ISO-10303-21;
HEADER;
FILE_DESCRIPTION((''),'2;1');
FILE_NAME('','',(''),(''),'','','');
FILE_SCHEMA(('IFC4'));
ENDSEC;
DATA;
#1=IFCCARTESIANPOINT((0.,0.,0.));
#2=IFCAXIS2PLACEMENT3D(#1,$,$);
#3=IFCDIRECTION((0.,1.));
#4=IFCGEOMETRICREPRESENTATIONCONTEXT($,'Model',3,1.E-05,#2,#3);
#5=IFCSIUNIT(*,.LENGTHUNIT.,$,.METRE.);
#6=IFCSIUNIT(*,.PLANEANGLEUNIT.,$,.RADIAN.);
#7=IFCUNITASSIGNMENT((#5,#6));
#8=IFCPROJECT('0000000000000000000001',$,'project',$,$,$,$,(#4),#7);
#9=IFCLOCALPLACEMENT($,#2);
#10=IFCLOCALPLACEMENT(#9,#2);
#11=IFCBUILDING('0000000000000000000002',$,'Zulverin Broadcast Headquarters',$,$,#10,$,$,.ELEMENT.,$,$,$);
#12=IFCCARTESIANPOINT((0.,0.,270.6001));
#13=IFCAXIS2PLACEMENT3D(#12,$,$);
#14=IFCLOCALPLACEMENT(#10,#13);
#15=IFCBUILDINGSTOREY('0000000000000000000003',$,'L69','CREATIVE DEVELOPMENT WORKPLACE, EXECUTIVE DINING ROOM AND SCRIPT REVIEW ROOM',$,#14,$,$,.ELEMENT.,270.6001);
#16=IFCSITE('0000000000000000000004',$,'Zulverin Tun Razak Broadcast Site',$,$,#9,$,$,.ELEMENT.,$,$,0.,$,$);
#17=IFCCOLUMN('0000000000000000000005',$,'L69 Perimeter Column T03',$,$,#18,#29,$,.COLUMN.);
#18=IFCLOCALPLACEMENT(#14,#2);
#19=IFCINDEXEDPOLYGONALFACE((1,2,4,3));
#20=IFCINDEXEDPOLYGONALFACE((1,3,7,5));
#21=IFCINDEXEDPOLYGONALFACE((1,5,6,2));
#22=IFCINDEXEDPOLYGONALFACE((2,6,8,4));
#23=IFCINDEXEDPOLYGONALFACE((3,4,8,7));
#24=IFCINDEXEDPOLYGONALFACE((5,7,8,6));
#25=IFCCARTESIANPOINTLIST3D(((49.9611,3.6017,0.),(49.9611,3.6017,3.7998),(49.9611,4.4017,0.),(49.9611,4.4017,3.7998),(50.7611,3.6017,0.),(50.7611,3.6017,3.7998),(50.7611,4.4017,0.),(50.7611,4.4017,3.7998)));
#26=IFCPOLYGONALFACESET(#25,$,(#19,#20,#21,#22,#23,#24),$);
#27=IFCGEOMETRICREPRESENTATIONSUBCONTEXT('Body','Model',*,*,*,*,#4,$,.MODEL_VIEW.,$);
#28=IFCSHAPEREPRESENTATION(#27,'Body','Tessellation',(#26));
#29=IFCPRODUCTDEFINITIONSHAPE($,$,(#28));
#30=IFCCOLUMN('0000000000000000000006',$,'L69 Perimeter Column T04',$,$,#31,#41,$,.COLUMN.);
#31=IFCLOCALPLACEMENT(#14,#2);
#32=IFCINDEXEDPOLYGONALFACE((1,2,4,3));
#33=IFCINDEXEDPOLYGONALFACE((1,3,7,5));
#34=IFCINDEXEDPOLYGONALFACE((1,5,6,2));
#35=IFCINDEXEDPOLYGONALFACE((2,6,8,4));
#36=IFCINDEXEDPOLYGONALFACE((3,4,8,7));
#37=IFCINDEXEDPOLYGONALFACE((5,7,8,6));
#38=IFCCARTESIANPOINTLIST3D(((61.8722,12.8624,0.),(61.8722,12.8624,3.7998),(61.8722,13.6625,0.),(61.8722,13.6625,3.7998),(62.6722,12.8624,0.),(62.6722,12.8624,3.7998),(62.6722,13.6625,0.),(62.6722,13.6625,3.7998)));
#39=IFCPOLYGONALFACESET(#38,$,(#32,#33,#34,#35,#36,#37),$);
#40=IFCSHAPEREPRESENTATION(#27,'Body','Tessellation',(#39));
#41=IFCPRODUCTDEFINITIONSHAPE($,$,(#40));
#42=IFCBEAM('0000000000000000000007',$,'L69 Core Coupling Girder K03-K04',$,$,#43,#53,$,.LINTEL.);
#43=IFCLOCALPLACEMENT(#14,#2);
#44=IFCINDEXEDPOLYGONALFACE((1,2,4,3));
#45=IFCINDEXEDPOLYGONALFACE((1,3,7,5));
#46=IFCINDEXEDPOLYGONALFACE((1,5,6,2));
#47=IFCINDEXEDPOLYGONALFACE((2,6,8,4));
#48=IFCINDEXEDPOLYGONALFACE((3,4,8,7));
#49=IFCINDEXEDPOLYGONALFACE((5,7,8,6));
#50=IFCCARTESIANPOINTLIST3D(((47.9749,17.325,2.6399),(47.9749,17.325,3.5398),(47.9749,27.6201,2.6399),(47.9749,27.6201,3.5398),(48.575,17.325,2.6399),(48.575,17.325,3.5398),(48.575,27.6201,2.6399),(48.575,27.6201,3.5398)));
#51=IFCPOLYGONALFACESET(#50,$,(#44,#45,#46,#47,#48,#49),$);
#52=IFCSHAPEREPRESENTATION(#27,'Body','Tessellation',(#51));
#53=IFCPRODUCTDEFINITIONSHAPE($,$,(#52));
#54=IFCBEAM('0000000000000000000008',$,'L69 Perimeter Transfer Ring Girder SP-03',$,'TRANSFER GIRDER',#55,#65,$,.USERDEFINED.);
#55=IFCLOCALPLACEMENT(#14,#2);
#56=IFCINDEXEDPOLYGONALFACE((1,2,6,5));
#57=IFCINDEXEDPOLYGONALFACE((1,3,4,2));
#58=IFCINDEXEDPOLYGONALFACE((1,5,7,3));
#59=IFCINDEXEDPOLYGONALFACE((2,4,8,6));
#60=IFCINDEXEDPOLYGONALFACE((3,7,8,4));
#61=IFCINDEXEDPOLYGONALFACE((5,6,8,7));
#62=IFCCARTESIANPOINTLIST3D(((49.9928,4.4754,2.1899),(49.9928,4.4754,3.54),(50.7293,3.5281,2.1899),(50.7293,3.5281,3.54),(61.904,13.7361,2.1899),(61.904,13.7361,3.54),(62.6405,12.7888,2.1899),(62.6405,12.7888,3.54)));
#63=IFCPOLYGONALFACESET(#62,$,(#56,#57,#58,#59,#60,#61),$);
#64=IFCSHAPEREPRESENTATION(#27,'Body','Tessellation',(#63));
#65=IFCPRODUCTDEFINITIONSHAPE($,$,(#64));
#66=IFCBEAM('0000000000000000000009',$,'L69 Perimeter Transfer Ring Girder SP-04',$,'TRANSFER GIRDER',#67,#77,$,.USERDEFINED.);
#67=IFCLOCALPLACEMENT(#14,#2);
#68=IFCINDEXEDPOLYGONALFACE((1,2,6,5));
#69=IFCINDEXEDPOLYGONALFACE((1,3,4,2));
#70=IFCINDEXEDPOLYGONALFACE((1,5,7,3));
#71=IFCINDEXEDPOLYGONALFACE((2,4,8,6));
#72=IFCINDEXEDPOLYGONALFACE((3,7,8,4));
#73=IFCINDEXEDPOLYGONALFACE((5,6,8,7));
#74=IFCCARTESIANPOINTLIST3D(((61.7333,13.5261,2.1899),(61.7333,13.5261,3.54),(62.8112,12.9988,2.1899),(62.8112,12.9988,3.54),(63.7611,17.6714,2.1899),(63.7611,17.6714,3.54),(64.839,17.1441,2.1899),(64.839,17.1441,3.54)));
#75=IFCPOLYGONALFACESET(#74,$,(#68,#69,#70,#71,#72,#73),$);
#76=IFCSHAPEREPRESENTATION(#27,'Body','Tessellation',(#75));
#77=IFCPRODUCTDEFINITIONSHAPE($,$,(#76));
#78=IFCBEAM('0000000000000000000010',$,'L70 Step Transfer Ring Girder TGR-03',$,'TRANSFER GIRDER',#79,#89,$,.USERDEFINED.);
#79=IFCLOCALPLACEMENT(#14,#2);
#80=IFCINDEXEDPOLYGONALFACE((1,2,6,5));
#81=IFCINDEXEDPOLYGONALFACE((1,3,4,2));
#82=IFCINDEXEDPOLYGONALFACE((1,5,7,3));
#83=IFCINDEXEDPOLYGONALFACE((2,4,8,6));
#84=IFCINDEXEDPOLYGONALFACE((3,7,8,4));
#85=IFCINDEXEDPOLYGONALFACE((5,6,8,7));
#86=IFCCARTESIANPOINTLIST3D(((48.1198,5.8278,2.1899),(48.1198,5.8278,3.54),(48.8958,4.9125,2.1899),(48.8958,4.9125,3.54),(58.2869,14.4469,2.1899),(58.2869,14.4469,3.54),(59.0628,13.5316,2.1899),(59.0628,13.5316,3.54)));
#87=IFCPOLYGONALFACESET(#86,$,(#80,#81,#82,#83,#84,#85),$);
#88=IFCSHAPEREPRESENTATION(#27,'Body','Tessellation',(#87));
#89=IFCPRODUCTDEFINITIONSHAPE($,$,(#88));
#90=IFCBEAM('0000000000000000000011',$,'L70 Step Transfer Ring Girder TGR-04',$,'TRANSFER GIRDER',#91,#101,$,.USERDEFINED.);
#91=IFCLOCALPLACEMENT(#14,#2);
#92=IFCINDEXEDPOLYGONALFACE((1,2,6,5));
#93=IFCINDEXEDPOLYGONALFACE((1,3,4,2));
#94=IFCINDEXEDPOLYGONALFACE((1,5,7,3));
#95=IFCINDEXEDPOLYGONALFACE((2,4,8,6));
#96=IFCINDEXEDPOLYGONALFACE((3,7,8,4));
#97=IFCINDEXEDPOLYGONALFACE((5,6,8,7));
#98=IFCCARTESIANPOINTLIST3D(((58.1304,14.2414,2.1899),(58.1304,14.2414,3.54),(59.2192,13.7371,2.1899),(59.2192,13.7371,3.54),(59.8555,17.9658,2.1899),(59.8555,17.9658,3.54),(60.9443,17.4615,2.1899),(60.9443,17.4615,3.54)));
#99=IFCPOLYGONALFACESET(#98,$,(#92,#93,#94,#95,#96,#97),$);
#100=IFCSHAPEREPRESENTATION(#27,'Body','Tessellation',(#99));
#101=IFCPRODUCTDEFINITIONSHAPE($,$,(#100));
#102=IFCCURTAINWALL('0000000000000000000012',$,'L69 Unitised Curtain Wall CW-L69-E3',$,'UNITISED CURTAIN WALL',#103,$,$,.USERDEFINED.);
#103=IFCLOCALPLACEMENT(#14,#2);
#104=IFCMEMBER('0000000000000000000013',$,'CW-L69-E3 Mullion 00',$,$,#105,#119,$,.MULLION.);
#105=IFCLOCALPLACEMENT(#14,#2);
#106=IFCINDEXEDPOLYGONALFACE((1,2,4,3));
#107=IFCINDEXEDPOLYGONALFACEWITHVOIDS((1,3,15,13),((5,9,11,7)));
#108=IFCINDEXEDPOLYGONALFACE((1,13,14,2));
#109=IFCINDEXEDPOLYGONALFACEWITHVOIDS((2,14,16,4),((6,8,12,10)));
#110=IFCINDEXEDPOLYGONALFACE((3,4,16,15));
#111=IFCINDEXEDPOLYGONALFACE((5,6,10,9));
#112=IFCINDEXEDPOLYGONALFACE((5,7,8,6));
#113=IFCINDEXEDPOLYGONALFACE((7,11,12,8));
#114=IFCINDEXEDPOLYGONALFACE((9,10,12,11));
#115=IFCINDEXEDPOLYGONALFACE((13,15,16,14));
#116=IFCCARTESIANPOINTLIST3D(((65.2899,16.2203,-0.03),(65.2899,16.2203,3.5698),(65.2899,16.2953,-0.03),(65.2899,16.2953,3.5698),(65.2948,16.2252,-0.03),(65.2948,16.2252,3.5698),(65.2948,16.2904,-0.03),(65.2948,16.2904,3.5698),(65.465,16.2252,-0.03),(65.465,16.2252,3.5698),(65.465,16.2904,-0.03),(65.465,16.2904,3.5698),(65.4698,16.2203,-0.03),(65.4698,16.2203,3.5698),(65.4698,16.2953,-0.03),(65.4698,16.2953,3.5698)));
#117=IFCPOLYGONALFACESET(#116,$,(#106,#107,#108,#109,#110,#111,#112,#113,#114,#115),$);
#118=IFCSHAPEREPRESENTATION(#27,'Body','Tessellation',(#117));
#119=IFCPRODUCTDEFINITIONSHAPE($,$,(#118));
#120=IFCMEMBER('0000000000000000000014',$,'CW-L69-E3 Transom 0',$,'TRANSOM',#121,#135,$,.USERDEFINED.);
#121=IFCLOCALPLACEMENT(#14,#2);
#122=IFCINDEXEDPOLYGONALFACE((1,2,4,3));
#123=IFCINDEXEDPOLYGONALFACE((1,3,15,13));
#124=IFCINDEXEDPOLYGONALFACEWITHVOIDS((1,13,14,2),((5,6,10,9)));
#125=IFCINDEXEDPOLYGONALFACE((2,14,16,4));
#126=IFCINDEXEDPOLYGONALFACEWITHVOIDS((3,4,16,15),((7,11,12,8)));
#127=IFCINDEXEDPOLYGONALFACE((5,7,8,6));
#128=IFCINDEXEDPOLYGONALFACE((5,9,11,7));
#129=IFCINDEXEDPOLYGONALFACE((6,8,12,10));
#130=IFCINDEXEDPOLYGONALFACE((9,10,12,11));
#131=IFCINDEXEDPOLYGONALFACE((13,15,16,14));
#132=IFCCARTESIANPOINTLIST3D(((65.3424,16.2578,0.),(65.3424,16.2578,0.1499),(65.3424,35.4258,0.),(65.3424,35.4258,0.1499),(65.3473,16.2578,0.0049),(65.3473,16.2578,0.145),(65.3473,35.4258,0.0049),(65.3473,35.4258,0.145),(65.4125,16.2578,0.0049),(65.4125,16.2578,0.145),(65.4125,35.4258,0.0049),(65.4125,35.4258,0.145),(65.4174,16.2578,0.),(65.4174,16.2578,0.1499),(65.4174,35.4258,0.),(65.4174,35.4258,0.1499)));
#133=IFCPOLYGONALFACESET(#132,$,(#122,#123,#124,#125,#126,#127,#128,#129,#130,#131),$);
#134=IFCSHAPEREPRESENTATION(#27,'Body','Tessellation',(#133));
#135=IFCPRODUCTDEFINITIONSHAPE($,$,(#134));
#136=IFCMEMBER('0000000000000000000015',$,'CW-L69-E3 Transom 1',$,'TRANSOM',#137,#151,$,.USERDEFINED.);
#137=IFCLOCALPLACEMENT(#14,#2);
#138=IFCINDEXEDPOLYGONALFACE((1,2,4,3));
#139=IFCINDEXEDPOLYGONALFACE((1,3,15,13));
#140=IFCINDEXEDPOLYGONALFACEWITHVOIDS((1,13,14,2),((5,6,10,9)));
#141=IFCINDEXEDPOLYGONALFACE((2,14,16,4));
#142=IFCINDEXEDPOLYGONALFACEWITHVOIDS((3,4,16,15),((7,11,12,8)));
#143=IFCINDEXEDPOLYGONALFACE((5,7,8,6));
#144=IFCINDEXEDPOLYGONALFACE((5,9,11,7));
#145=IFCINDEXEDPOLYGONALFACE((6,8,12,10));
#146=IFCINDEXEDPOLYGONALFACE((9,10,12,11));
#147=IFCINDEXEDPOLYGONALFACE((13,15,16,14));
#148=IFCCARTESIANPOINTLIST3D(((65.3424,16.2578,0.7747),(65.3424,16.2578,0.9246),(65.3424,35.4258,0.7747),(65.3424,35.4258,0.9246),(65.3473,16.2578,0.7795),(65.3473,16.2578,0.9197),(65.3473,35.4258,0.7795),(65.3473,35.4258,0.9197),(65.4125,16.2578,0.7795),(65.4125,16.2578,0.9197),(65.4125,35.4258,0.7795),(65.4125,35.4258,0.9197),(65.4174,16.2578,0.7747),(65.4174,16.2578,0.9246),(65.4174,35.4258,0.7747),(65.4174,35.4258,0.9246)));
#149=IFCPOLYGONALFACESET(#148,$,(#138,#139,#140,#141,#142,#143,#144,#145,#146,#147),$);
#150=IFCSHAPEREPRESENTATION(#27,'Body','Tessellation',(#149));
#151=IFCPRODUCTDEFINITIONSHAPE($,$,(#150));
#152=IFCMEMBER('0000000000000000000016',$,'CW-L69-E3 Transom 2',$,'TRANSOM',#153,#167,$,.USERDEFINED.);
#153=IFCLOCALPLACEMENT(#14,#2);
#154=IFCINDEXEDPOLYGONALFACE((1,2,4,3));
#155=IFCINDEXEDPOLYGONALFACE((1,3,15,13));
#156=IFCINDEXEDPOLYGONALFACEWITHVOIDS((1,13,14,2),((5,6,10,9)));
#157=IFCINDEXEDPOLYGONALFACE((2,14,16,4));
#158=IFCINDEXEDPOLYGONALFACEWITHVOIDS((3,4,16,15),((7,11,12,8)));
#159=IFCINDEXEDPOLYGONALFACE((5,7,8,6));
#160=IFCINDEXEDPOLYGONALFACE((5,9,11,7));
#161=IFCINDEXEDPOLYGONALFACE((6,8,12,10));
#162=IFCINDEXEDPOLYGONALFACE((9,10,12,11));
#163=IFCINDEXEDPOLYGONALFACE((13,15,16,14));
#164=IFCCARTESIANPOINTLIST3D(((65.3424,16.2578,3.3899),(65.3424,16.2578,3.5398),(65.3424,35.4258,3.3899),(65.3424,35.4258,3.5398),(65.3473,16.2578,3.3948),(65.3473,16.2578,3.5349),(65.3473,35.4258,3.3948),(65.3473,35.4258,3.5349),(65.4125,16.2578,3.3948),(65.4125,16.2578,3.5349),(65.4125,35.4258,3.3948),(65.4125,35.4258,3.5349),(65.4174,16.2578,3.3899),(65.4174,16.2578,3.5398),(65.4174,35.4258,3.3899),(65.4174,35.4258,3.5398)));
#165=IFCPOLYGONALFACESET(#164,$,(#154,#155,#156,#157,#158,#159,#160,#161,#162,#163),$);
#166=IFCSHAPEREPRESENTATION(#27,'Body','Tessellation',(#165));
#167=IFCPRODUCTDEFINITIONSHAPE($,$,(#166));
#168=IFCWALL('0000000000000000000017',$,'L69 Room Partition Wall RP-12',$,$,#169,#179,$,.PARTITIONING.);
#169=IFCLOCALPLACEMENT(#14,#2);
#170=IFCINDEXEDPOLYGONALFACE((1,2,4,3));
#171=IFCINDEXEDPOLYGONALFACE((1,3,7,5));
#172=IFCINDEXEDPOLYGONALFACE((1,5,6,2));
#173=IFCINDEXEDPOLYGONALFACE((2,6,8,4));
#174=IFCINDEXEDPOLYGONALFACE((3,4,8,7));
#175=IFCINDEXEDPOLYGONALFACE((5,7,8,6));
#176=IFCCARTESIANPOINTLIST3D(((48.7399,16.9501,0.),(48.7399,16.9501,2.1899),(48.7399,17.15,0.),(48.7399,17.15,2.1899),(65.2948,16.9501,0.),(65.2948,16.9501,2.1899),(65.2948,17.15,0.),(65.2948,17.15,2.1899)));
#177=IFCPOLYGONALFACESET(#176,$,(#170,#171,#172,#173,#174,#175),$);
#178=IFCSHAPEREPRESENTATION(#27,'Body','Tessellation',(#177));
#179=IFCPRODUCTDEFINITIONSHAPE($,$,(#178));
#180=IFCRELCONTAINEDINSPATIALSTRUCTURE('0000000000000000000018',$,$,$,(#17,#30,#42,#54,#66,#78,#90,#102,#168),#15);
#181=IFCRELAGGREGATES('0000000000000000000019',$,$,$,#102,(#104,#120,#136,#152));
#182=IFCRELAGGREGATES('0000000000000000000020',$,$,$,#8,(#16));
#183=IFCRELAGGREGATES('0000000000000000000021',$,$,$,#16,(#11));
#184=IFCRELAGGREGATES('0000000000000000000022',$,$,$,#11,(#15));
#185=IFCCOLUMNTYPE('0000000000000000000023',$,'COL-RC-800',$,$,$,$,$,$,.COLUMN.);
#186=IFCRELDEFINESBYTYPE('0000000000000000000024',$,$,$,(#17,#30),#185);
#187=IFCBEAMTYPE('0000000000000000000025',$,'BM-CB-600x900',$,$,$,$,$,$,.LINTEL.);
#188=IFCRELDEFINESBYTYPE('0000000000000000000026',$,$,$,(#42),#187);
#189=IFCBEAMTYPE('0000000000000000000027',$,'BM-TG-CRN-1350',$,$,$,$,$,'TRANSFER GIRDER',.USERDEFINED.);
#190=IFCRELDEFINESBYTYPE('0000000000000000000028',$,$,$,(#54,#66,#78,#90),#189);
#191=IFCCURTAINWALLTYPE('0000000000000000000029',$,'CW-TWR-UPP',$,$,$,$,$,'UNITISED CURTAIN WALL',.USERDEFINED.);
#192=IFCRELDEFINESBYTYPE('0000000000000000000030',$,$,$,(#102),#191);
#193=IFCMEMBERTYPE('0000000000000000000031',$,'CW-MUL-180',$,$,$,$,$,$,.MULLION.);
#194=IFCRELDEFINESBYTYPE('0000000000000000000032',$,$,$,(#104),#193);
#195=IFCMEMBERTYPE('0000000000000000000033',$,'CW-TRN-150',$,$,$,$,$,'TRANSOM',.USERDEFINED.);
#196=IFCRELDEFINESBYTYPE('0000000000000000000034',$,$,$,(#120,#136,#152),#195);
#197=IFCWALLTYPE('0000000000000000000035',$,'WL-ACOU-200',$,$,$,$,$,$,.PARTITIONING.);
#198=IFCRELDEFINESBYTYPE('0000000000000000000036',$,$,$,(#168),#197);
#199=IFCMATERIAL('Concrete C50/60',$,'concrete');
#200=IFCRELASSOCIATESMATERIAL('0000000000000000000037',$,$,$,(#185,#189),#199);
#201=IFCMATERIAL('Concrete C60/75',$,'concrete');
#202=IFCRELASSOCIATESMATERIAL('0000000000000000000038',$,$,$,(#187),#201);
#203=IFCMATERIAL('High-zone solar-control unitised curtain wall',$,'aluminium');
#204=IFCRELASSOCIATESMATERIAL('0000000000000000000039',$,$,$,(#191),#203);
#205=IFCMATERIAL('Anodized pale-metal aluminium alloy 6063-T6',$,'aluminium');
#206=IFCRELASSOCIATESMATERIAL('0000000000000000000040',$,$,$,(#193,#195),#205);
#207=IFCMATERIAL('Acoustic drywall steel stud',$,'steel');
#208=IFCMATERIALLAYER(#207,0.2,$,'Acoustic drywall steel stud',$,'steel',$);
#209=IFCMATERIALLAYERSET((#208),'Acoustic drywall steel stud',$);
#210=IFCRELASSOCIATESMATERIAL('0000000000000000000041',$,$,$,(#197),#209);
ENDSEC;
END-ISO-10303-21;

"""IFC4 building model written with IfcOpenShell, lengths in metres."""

from ifc_helpers import new_model, si_unit, direction, frame, frame_2d, origin, origin_2d, place, context, subcontext, project, spatial, rectangle, hollow_rectangle, extrude, material, layer, layer_set, material_profile, profile_set, type_object, element, aggregate, save


model = new_model("IFC4")

# Units and contexts
model_context = context("Model", 3, precision=1e-05, world=origin(), true_north=direction((0.0, 1.0)))
body_context = subcontext(model_context, "Body", "Model", "MODEL_VIEW")
ifc_project = project(units=[si_unit("LENGTHUNIT", "METRE"), si_unit("PLANEANGLEUNIT", "RADIAN")], contexts=[model_context])

# Site, building, storey
site_placement = place(None, origin())
site = spatial("IfcSite", under=ifc_project, at=site_placement, Name="Zulverin Tun Razak Broadcast Site", CompositionType="ELEMENT", RefElevation=0.0)
building_placement = place(site_placement, origin())
building = spatial("IfcBuilding", under=site, at=building_placement, Name="Zulverin Broadcast Headquarters", CompositionType="ELEMENT")
storey_placement = place(building_placement, frame((0.0, 0.0, 270.6001)))
storey = spatial("IfcBuildingStorey", under=building, at=storey_placement, Name="L69", Description="CREATIVE DEVELOPMENT WORKPLACE, EXECUTIVE DINING ROOM AND SCRIPT REVIEW ROOM", CompositionType="ELEMENT", Elevation=270.6001)

# Columns
ifc_material_1 = material(Name="Concrete C50/60", Category="concrete")
ifc_material_profile_1 = material_profile(ifc_material_1, rectangle(XDim=0.8, YDim=0.8, at=origin_2d()), Name="Concrete C50/60", Category="concrete")
ifc_profile_set_1 = profile_set([ifc_material_profile_1], Name="Concrete C50/60")
column_type = type_object("IfcColumnType", Name="COL-RC-800", PredefinedType="COLUMN", material=ifc_profile_set_1)
for number, where, z_axis, x_axis, name in (
    (1, (50.3611, 4.0017, 0.0), (0.0, 0.0, 1.0), (1.0, 0.0, 0.0), "L69 Perimeter Column T03"),
    (2, (62.2722, 13.2625, 0.0), (0.0, 0.0, 1.0), (1.0, 0.0, 0.0), "L69 Perimeter Column T04"),
):
    element("IfcColumn", number, at=place(storey_placement, frame(where, z_axis=z_axis, x_axis=x_axis)), inside=storey, type_object=column_type, Name=name, PredefinedType="COLUMN", context=body_context, shape_type="SweptSolid", body=[
        extrude(rectangle(XDim=0.8, YDim=0.8, at=origin_2d()), origin(), (0.0, 0.0, 1.0), 3.7998),
    ])

# Beams
ifc_material_2 = material(Name="Concrete C60/75", Category="concrete")
ifc_material_profile_2 = material_profile(ifc_material_2, rectangle(XDim=0.6001, YDim=0.8999, at=origin_2d()), Name="Concrete C60/75", Category="concrete")
ifc_profile_set_2 = profile_set([ifc_material_profile_2], Name="Concrete C60/75")
beam_type_1 = type_object("IfcBeamType", Name="BM-CB-600x900", PredefinedType="LINTEL", material=ifc_profile_set_2)
beam_1_placement = place(storey_placement, frame((48.2749, 17.325, 3.0898), z_axis=(0.0, 1.0, 0.0), x_axis=(-1.0, 0.0, 0.0)))
element("IfcBeam", 3, at=beam_1_placement, inside=storey, type_object=beam_type_1, Name="L69 Core Coupling Girder K03-K04", PredefinedType="LINTEL", context=body_context, shape_type="SweptSolid", body=[
    extrude(rectangle(XDim=0.6001, YDim=0.8999, at=origin_2d()), origin(), (0.0, 0.0, 1.0), 10.2952),
])
ifc_material_profile_3 = material_profile(ifc_material_1, rectangle(XDim=1.2, YDim=1.3501, at=origin_2d()), Name="Concrete C50/60", Category="concrete")
ifc_profile_set_3 = profile_set([ifc_material_profile_3], Name="Concrete C50/60")
beam_type_2 = type_object("IfcBeamType", Name="BM-TG-CRN-1350", ElementType="TRANSFER GIRDER", PredefinedType="USERDEFINED", material=ifc_profile_set_3)
beam_2_placement = place(storey_placement, frame((50.3611, 4.0017, 2.865), z_axis=(0.789464, 0.613797, 0.0), x_axis=(-0.613797, 0.789464, 0.0)))
element("IfcBeam", 4, at=beam_2_placement, inside=storey, type_object=beam_type_2, Name="L69 Perimeter Transfer Ring Girder SP-03", ObjectType="TRANSFER GIRDER", PredefinedType="USERDEFINED", context=body_context, shape_type="SweptSolid", body=[
    extrude(rectangle(XDim=1.2, YDim=1.3501, at=origin_2d()), origin(), (0.0, 0.0, 1.0), 15.0876),
])
beam_3_placement = place(storey_placement, frame((62.2722, 13.2625, 2.865), z_axis=(0.43943, 0.898277, 0.0), x_axis=(-0.898277, 0.43943, 0.0)))
element("IfcBeam", 5, at=beam_3_placement, inside=storey, type_object=beam_type_2, Name="L69 Perimeter Transfer Ring Girder SP-04", ObjectType="TRANSFER GIRDER", PredefinedType="USERDEFINED", context=body_context, shape_type="SweptSolid", body=[
    extrude(rectangle(XDim=1.2, YDim=1.3501, at=origin_2d()), origin(), (0.0, 0.0, 1.0), 4.6147),
])
beam_4_placement = place(storey_placement, frame((48.5078, 5.3701, 2.865), z_axis=(0.762783, 0.646655, 0.0), x_axis=(-0.646655, 0.762783, 0.0)))
element("IfcBeam", 6, at=beam_4_placement, inside=storey, type_object=beam_type_2, Name="L70 Step Transfer Ring Girder TGR-03", ObjectType="TRANSFER GIRDER", PredefinedType="USERDEFINED", context=body_context, shape_type="SweptSolid", body=[
    extrude(rectangle(XDim=1.2, YDim=1.3501, at=origin_2d()), origin(), (0.0, 0.0, 1.0), 13.3289),
])
beam_5_placement = place(storey_placement, frame((58.6748, 13.9893, 2.865), z_axis=(0.420295, 0.907388, 0.0), x_axis=(-0.907388, 0.420295, 0.0)))
element("IfcBeam", 7, at=beam_5_placement, inside=storey, type_object=beam_type_2, Name="L70 Step Transfer Ring Girder TGR-04", ObjectType="TRANSFER GIRDER", PredefinedType="USERDEFINED", context=body_context, shape_type="SweptSolid", body=[
    extrude(rectangle(XDim=1.2, YDim=1.3501, at=origin_2d()), origin(), (0.0, 0.0, 1.0), 4.1045),
])

# Curtain wall, members
ifc_material_3 = material(Name="High-zone solar-control unitised curtain wall", Category="aluminium")
curtain_wall_type = type_object("IfcCurtainWallType", Name="CW-TWR-UPP", ElementType="UNITISED CURTAIN WALL", PredefinedType="USERDEFINED", material=ifc_material_3)
curtain_wall_placement = place(storey_placement, origin())
curtain_wall = element("IfcCurtainWall", 8, at=curtain_wall_placement, inside=storey, type_object=curtain_wall_type, Name="L69 Unitised Curtain Wall CW-L69-E3", ObjectType="UNITISED CURTAIN WALL", PredefinedType="USERDEFINED")
ifc_material_4 = material(Name="Anodized pale-metal aluminium alloy 6063-T6", Category="aluminium")
ifc_material_profile_4 = material_profile(ifc_material_4, hollow_rectangle(XDim=0.075, YDim=0.1799, WallThickness=0.0049, at=origin_2d()), Name="Anodized pale-metal aluminium alloy 6063-T6", Category="aluminium")
ifc_profile_set_4 = profile_set([ifc_material_profile_4], Name="Anodized pale-metal aluminium alloy 6063-T6")
member_type_1 = type_object("IfcMemberType", Name="CW-MUL-180", PredefinedType="MULLION", material=ifc_profile_set_4)
member_1_placement = place(storey_placement, frame((65.3799, 16.2578, -0.03), z_axis=(0.0, 0.0, 1.0), x_axis=(0.0, 1.0, 0.0)))
member_1 = element("IfcMember", 9, at=member_1_placement, type_object=member_type_1, Name="CW-L69-E3 Mullion 00", PredefinedType="MULLION", context=body_context, shape_type="SweptSolid", body=[
    extrude(hollow_rectangle(XDim=0.075, YDim=0.1799, WallThickness=0.0049, at=origin_2d()), origin(), (0.0, 0.0, 1.0), 3.5999),
])
ifc_material_profile_5 = material_profile(ifc_material_4, hollow_rectangle(XDim=0.075, YDim=0.1499, WallThickness=0.0049, at=origin_2d()), Name="Anodized pale-metal aluminium alloy 6063-T6", Category="aluminium")
ifc_profile_set_5 = profile_set([ifc_material_profile_5], Name="Anodized pale-metal aluminium alloy 6063-T6")
member_type_2 = type_object("IfcMemberType", Name="CW-TRN-150", ElementType="TRANSOM", PredefinedType="USERDEFINED", material=ifc_profile_set_5)
member_2_placement = place(storey_placement, frame((65.3799, 16.2578, 0.075), z_axis=(0.0, 1.0, 0.0), x_axis=(-1.0, 0.0, 0.0)))
member_2 = element("IfcMember", 10, at=member_2_placement, type_object=member_type_2, Name="CW-L69-E3 Transom 0", ObjectType="TRANSOM", PredefinedType="USERDEFINED", context=body_context, shape_type="SweptSolid", body=[
    extrude(hollow_rectangle(XDim=0.075, YDim=0.1499, WallThickness=0.0049, at=origin_2d()), origin(), (0.0, 0.0, 1.0), 19.168),
])
member_3_placement = place(storey_placement, frame((65.3799, 16.2578, 0.8496), z_axis=(0.0, 1.0, 0.0), x_axis=(-1.0, 0.0, 0.0)))
member_3 = element("IfcMember", 11, at=member_3_placement, type_object=member_type_2, Name="CW-L69-E3 Transom 1", ObjectType="TRANSOM", PredefinedType="USERDEFINED", context=body_context, shape_type="SweptSolid", body=[
    extrude(hollow_rectangle(XDim=0.075, YDim=0.1499, WallThickness=0.0049, at=origin_2d()), origin(), (0.0, 0.0, 1.0), 19.168),
])
member_4_placement = place(storey_placement, frame((65.3799, 16.2578, 3.4648), z_axis=(0.0, 1.0, 0.0), x_axis=(-1.0, 0.0, 0.0)))
member_4 = element("IfcMember", 12, at=member_4_placement, type_object=member_type_2, Name="CW-L69-E3 Transom 2", ObjectType="TRANSOM", PredefinedType="USERDEFINED", context=body_context, shape_type="SweptSolid", body=[
    extrude(hollow_rectangle(XDim=0.075, YDim=0.1499, WallThickness=0.0049, at=origin_2d()), origin(), (0.0, 0.0, 1.0), 19.168),
])
aggregate(curtain_wall, [member_1, member_2, member_3, member_4])

# Wall
ifc_material_5 = material(Name="Acoustic drywall steel stud", Category="steel")
ifc_layer_1 = layer(ifc_material_5, 0.2, Name="Acoustic drywall steel stud", Category="steel")
ifc_layer_set_1 = layer_set([ifc_layer_1], Name="Acoustic drywall steel stud")
wall_type_1 = type_object("IfcWallType", Name="WL-ACOU-200", PredefinedType="PARTITIONING", material=ifc_layer_set_1)
wall_1_placement = place(storey_placement, frame((48.74, 17.05, 0.0), z_axis=(0.0, 0.0, 1.0), x_axis=(1.0, 0.0, 0.0)))
element("IfcWall", 13, at=wall_1_placement, inside=storey, type_object=wall_type_1, Name="L69 Room Partition Wall RP-12", PredefinedType="PARTITIONING", context=body_context, shape_type="SweptSolid", body=[
    extrude(rectangle(XDim=16.5549, YDim=0.2, at=frame_2d((8.2773, 0.0))), origin(), (0.0, 0.0, 1.0), 2.1899),
])

save(model, "model.ifc")
